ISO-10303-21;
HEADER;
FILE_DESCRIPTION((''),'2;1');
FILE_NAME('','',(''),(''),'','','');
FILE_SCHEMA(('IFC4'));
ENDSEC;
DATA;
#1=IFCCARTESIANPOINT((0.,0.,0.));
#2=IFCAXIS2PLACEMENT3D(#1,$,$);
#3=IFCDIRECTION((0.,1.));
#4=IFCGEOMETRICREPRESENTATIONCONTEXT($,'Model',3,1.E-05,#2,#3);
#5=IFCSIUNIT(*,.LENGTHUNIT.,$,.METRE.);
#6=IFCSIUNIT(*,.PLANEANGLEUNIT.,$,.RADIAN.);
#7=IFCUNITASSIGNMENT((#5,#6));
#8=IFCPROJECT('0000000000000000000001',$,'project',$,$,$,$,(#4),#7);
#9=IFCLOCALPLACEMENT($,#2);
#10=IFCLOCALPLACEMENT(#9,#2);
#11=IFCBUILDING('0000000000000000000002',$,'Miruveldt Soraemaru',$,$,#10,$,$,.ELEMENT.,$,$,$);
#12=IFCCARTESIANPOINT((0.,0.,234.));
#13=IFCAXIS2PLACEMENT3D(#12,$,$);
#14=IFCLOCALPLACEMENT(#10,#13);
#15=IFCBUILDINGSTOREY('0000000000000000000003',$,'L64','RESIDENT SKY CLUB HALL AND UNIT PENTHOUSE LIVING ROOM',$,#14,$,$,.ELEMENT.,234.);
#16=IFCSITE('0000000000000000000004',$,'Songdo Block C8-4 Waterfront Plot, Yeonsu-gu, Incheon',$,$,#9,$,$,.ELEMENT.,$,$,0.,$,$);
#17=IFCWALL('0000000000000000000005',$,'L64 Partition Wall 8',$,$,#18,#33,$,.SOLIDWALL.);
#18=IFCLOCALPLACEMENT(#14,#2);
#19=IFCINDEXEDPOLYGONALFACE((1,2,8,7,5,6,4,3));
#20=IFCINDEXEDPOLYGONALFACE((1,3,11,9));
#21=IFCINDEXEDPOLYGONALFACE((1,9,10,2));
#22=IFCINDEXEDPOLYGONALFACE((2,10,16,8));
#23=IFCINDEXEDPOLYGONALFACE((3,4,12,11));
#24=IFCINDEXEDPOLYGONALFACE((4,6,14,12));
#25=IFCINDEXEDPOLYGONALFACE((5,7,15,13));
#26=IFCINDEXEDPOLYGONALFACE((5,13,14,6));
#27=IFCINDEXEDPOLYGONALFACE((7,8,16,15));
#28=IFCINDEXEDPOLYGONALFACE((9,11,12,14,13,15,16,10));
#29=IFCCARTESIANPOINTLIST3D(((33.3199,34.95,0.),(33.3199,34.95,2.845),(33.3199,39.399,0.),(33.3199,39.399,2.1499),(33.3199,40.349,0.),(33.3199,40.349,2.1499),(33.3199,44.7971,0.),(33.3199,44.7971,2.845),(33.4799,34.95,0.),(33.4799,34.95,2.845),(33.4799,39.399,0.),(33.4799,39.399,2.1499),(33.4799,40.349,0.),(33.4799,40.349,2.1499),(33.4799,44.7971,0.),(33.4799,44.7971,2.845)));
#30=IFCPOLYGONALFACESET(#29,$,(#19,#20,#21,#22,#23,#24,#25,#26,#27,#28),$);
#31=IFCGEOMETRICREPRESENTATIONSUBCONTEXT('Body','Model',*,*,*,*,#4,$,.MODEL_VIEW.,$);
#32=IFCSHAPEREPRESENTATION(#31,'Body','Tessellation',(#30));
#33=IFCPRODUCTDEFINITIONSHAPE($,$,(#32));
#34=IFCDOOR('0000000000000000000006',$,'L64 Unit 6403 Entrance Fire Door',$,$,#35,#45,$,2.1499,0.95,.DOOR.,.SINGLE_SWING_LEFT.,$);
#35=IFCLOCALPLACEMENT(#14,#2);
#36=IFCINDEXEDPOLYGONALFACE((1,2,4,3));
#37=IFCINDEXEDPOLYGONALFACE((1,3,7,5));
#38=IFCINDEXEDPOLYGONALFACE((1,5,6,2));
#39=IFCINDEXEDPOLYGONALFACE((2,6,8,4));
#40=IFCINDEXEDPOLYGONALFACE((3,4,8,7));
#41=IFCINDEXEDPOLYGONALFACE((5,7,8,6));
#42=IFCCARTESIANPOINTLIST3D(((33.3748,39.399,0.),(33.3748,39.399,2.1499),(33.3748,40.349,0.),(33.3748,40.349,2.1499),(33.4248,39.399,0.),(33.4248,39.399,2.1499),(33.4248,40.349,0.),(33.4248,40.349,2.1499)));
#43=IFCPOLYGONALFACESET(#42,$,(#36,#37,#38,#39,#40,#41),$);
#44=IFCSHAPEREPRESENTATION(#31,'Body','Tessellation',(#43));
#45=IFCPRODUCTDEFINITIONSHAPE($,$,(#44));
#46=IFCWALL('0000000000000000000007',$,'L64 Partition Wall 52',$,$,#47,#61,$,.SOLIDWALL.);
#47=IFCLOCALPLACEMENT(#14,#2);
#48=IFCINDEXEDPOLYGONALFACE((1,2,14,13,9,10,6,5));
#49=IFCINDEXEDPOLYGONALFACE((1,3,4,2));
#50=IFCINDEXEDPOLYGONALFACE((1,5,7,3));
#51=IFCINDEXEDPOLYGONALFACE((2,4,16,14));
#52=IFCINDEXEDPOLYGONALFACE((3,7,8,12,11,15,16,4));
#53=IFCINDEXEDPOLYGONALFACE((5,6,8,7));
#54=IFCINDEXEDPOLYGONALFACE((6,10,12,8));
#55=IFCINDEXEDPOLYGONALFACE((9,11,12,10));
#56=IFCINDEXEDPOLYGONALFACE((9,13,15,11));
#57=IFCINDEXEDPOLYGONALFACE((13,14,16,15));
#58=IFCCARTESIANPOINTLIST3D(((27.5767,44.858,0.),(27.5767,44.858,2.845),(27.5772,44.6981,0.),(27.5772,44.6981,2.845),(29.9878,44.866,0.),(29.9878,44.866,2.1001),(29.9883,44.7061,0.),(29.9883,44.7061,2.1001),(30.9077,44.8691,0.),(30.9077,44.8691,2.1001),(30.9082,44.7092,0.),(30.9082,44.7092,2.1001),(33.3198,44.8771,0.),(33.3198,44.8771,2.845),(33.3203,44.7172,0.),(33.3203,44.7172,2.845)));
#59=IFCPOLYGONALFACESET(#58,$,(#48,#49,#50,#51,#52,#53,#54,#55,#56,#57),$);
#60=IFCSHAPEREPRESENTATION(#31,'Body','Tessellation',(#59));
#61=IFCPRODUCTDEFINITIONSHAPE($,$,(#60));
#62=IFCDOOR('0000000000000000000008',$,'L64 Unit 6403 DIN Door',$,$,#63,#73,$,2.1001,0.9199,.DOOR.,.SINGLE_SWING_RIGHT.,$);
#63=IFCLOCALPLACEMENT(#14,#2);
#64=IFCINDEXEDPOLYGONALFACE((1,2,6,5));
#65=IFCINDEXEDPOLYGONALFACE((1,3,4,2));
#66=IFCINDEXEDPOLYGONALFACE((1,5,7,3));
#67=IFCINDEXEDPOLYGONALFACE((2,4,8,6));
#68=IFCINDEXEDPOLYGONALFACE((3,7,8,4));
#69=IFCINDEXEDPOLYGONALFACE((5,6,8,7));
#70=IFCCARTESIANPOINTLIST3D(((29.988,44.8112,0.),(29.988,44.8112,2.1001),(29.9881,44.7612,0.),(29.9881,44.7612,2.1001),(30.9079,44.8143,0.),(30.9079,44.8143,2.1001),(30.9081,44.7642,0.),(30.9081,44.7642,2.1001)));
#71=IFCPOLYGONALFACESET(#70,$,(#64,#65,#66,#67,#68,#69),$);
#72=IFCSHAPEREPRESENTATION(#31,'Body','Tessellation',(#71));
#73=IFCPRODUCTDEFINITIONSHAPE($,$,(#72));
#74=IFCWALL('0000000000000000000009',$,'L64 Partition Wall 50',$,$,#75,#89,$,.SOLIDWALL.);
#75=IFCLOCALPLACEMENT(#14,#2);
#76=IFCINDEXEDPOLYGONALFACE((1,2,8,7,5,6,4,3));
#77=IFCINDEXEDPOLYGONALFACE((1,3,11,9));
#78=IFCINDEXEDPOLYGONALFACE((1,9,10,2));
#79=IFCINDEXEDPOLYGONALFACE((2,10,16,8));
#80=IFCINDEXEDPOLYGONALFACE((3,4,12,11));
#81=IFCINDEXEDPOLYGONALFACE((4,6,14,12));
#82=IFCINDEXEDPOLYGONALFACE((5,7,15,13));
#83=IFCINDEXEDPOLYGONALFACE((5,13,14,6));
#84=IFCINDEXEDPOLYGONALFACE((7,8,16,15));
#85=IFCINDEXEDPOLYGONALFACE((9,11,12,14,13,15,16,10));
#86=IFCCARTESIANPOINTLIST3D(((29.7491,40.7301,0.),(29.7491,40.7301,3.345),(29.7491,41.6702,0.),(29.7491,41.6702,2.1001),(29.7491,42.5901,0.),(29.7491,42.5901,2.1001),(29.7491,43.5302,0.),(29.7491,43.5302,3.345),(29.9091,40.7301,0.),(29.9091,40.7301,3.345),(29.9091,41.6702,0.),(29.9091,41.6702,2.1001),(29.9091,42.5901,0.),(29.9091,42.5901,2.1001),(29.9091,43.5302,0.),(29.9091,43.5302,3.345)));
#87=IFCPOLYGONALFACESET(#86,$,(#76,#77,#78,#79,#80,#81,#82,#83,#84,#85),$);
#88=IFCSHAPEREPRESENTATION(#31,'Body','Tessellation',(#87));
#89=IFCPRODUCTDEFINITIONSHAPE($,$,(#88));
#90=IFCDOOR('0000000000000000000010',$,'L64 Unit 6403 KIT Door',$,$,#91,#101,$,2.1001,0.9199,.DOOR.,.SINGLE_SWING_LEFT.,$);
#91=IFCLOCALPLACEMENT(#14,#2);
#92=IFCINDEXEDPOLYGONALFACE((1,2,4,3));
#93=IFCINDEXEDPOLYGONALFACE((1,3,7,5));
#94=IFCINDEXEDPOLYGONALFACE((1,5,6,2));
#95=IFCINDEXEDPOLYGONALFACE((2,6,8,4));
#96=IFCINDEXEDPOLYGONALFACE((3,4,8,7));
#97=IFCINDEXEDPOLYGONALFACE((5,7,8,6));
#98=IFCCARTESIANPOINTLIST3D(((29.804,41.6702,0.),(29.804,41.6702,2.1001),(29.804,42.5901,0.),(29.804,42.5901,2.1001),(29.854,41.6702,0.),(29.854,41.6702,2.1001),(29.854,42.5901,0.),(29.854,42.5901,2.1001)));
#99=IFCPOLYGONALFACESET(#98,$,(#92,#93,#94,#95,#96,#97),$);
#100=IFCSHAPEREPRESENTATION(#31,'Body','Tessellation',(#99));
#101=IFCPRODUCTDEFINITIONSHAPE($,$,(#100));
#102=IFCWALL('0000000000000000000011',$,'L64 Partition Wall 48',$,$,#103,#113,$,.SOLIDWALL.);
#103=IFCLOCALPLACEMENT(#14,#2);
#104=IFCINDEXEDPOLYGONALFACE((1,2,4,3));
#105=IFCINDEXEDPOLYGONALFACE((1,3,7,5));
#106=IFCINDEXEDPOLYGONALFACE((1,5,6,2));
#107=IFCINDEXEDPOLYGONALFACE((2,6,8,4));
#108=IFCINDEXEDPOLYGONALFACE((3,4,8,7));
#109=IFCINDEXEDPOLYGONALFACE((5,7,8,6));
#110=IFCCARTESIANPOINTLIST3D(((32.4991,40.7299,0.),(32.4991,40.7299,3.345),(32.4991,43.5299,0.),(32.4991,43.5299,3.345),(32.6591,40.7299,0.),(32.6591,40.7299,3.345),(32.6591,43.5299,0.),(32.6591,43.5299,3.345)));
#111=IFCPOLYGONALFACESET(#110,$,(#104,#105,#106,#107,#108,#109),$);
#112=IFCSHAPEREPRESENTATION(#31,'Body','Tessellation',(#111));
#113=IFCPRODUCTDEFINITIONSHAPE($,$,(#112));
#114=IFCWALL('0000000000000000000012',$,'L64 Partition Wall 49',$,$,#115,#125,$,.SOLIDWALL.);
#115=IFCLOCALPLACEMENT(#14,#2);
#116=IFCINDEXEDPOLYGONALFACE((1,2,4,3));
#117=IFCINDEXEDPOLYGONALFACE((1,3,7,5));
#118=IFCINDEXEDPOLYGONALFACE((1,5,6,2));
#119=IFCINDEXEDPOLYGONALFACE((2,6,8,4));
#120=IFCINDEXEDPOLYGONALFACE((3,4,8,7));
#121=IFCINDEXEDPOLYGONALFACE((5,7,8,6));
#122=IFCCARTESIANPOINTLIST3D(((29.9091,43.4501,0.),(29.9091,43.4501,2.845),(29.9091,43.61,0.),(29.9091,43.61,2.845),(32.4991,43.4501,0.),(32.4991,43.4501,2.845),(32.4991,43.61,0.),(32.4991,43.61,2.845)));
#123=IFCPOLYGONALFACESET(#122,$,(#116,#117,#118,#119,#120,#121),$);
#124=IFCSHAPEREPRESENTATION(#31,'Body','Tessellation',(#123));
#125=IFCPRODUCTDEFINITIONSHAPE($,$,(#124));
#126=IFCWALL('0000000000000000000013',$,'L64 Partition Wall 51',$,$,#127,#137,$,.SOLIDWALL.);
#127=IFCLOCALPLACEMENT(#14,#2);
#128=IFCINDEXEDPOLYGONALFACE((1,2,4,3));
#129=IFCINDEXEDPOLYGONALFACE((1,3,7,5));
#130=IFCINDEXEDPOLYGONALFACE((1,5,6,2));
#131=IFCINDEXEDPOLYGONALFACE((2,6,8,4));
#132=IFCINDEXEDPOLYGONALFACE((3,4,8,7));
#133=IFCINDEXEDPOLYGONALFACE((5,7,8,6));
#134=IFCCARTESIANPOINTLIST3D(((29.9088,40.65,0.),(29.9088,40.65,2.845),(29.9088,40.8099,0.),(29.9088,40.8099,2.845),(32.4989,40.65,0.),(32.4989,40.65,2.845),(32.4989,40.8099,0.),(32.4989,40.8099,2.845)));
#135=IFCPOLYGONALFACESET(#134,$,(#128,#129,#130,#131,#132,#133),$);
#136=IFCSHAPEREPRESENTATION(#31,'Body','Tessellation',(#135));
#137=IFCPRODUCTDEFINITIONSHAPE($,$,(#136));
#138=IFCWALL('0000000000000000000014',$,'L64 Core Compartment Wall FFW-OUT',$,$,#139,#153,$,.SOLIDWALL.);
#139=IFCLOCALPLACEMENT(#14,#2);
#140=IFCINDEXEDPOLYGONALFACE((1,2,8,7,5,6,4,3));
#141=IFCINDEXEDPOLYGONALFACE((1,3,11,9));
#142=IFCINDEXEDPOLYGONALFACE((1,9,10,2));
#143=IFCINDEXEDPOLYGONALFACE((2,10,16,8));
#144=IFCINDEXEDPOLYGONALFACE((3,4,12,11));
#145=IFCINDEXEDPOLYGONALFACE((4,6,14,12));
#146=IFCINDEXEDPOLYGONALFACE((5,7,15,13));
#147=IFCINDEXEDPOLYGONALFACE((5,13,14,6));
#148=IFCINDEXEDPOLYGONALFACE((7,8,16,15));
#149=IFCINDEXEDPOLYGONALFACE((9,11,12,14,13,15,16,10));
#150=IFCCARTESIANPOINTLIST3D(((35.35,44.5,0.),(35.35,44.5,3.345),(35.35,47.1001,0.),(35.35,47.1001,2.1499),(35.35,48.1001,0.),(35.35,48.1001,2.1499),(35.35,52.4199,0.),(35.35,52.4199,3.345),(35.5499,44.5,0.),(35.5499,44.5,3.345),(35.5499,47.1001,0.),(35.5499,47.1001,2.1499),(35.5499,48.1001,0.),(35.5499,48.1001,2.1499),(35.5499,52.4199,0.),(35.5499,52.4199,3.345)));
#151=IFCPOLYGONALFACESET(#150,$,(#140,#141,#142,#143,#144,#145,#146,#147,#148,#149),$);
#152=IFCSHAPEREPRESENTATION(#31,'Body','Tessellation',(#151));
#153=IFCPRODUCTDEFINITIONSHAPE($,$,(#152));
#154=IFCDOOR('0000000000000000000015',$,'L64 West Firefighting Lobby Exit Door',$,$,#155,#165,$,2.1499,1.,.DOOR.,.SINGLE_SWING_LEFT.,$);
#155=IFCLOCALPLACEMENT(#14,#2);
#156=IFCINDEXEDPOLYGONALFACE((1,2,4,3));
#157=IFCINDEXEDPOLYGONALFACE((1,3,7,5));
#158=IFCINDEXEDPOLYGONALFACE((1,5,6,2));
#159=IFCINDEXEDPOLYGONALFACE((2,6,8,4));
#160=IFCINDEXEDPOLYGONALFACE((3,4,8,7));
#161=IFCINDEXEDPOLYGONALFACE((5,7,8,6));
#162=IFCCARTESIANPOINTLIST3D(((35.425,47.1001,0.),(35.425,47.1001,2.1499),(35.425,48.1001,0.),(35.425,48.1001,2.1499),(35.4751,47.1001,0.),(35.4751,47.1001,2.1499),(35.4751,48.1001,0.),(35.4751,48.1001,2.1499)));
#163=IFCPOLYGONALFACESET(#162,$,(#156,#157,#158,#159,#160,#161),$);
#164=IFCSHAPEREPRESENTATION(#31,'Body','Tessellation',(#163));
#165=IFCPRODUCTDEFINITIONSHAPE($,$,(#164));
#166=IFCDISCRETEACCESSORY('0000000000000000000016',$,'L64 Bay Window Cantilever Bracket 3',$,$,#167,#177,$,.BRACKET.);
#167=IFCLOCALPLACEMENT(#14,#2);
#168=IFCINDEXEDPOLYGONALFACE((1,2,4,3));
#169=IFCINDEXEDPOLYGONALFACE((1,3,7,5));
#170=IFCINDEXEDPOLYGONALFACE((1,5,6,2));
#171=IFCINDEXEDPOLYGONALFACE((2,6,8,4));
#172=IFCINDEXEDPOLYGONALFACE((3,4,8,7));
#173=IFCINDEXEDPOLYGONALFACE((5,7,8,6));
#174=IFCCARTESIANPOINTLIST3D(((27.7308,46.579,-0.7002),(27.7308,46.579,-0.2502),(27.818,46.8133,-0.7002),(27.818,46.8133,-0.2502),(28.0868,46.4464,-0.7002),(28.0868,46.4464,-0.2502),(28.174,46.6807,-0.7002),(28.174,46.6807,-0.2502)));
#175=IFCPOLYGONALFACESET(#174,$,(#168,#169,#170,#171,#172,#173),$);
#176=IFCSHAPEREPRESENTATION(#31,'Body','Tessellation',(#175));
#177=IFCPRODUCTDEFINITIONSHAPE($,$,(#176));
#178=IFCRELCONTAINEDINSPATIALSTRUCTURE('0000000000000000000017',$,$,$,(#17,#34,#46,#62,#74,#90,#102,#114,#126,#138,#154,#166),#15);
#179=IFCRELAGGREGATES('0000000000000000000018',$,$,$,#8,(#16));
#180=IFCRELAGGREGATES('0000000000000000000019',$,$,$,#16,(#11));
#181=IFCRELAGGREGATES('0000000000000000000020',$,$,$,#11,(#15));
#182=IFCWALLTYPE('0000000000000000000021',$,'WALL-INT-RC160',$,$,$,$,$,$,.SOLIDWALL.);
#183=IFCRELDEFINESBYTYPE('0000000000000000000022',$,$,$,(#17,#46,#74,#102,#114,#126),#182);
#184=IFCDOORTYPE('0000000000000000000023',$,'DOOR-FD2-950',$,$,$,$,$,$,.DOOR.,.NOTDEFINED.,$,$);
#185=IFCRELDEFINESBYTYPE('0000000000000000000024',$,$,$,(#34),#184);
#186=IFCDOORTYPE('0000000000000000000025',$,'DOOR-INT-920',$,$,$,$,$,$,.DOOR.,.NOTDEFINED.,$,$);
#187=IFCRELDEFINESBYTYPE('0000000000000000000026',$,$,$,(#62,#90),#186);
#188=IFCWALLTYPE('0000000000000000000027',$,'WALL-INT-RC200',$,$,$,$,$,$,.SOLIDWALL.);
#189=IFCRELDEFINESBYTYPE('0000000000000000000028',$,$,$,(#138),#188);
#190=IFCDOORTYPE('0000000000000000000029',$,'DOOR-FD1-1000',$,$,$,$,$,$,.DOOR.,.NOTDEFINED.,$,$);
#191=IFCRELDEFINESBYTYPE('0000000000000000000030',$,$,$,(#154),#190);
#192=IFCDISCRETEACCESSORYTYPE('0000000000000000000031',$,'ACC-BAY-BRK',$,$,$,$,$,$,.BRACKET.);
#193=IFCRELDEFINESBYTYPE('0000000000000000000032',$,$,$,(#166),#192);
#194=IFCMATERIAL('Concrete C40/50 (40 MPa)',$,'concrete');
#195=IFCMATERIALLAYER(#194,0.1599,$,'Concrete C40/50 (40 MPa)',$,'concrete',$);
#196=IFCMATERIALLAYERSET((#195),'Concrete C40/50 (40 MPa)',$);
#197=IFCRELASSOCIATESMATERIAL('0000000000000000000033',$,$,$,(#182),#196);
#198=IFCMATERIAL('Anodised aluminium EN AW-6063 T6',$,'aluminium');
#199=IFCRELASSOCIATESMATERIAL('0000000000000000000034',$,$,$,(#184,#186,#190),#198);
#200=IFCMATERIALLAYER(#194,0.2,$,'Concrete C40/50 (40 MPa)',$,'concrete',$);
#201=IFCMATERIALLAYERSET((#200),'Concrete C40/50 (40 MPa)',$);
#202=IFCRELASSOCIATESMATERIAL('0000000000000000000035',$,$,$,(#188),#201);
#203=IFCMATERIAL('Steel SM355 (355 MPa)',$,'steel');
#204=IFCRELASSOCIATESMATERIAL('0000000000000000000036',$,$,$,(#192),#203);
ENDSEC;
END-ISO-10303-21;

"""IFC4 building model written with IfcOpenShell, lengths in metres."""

from ifc_helpers import new_model, si_unit, direction, frame, frame_2d, origin, origin_2d, place, context, subcontext, project, spatial, rectangle, extrude, material, layer, layer_set, type_object, element, fill, save


model = new_model("IFC4")

# Units and contexts
model_context = context("Model", 3, precision=1e-05, world=origin(), true_north=direction((0.0, 1.0)))
body_context = subcontext(model_context, "Body", "Model", "MODEL_VIEW")
ifc_project = project(units=[si_unit("LENGTHUNIT", "METRE"), si_unit("PLANEANGLEUNIT", "RADIAN")], contexts=[model_context])

# Site, building, storey
site_placement = place(None, origin())
site = spatial("IfcSite", under=ifc_project, at=site_placement, Name="Songdo Block C8-4 Waterfront Plot, Yeonsu-gu, Incheon", CompositionType="ELEMENT", RefElevation=0.0)
building_placement = place(site_placement, origin())
building = spatial("IfcBuilding", under=site, at=building_placement, Name="Miruveldt Soraemaru", CompositionType="ELEMENT")
storey_placement = place(building_placement, frame((0.0, 0.0, 234.0)))
storey = spatial("IfcBuildingStorey", under=building, at=storey_placement, Name="L64", Description="RESIDENT SKY CLUB HALL AND UNIT PENTHOUSE LIVING ROOM", CompositionType="ELEMENT", Elevation=234.0)

# Shared definitions
ifc_material_1 = material(Name="Steel SM355 (355 MPa)", Category="steel")

# Walls, openings, doors
ifc_material_2 = material(Name="Concrete C40/50 (40 MPa)", Category="concrete")
ifc_layer_1 = layer(ifc_material_2, 0.1599, Name="Concrete C40/50 (40 MPa)", Category="concrete")
ifc_layer_set_1 = layer_set([ifc_layer_1], Name="Concrete C40/50 (40 MPa)")
wall_type_1 = type_object("IfcWallType", Name="WALL-INT-RC160", PredefinedType="SOLIDWALL", material=ifc_layer_set_1)
wall_1_placement = place(storey_placement, frame((33.3999, 44.7971, 0.0), z_axis=(0.0, 0.0, 1.0), x_axis=(0.0, -1.0, 0.0)))
wall_1 = element("IfcWall", 1, at=wall_1_placement, inside=storey, type_object=wall_type_1, Name="L64 Partition Wall 8", PredefinedType="SOLIDWALL", context=body_context, shape_type="SweptSolid", body=[
    extrude(rectangle(XDim=9.8472, YDim=0.1599, at=frame_2d((4.9236, 0.0))), origin(), (0.0, 0.0, 1.0), 2.845),
])
opening_1_placement = place(wall_1_placement, frame((4.448, 0.0, 0.0)))
opening_1 = element("IfcOpeningElement", 2, at=opening_1_placement, cuts=wall_1, PredefinedType="OPENING", context=body_context, shape_type="SweptSolid", body=[
    extrude(rectangle(XDim=0.95, YDim=2.1499, at=frame_2d((0.4751, 1.075))), frame((0.0, 0.0898, 0.0), z_axis=(0.0, -1.0, 0.0), x_axis=(1.0, 0.0, 0.0)), (0.0, 0.0, 1.0), 0.1799),
])
ifc_material_3 = material(Name="Anodised aluminium EN AW-6063 T6", Category="aluminium")
door_type_1 = type_object("IfcDoorType", Name="DOOR-FD2-950", OperationType="NOTDEFINED", PredefinedType="DOOR", material=ifc_material_3)
door_1_placement = place(opening_1_placement, origin())
door_1 = element("IfcDoor", 3, at=door_1_placement, inside=storey, type_object=door_type_1, Name="L64 Unit 6403 Entrance Fire Door", OperationType="SINGLE_SWING_LEFT", OverallHeight=2.1499, OverallWidth=0.95, PredefinedType="DOOR", context=body_context, shape_type="SweptSolid", body=[
    extrude(rectangle(XDim=0.95, YDim=2.1499, at=frame_2d((0.4751, 1.075))), frame((0.0, 0.0249, 0.0), z_axis=(0.0, -1.0, 0.0), x_axis=(1.0, 0.0, 0.0)), (0.0, 0.0, 1.0), 0.05),
])
fill(opening_1, door_1)
wall_2_placement = place(storey_placement, frame((33.3201, 44.7971, 0.0), z_axis=(0.0, 0.0, 1.0), x_axis=(-0.999995, -0.003316, 0.0)))
wall_2 = element("IfcWall", 4, at=wall_2_placement, inside=storey, type_object=wall_type_1, Name="L64 Partition Wall 52", PredefinedType="SOLIDWALL", context=body_context, shape_type="SweptSolid", body=[
    extrude(rectangle(XDim=5.7432, YDim=0.1599, at=frame_2d((2.8716, 0.0))), origin(), (0.0, 0.0, 1.0), 2.845),
])
opening_2_placement = place(wall_2_placement, frame((2.4121, 0.0, 0.0)))
opening_2 = element("IfcOpeningElement", 5, at=opening_2_placement, cuts=wall_2, PredefinedType="OPENING", context=body_context, shape_type="SweptSolid", body=[
    extrude(rectangle(XDim=0.9199, YDim=2.1001, at=frame_2d((0.46, 1.05))), frame((0.0, 0.0898, 0.0), z_axis=(0.0, -1.0, 0.0), x_axis=(1.0, 0.0, 0.0)), (0.0, 0.0, 1.0), 0.1799),
])
door_type_2 = type_object("IfcDoorType", Name="DOOR-INT-920", OperationType="NOTDEFINED", PredefinedType="DOOR", material=ifc_material_3)
door_2_placement = place(opening_2_placement, origin())
door_2 = element("IfcDoor", 6, at=door_2_placement, inside=storey, type_object=door_type_2, Name="L64 Unit 6403 DIN Door", OperationType="SINGLE_SWING_RIGHT", OverallHeight=2.1001, OverallWidth=0.9199, PredefinedType="DOOR", context=body_context, shape_type="SweptSolid", body=[
    extrude(rectangle(XDim=0.9199, YDim=2.1001, at=frame_2d((0.46, 1.05))), frame((0.0, 0.0249, 0.0), z_axis=(0.0, -1.0, 0.0), x_axis=(1.0, 0.0, 0.0)), (0.0, 0.0, 1.0), 0.05),
])
fill(opening_2, door_2)
wall_3_placement = place(storey_placement, frame((29.8291, 43.53, 0.0), z_axis=(0.0, 0.0, 1.0), x_axis=(0.0, -1.0, 0.0)))
wall_3 = element("IfcWall", 7, at=wall_3_placement, inside=storey, type_object=wall_type_1, Name="L64 Partition Wall 50", PredefinedType="SOLIDWALL", context=body_context, shape_type="SweptSolid", body=[
    extrude(rectangle(XDim=2.8, YDim=0.1599, at=frame_2d((1.3999, 0.0))), origin(), (0.0, 0.0, 1.0), 3.345),
])
opening_3_placement = place(wall_3_placement, frame((0.9399, 0.0, 0.0)))
opening_3 = element("IfcOpeningElement", 8, at=opening_3_placement, cuts=wall_3, PredefinedType="OPENING", context=body_context, shape_type="SweptSolid", body=[
    extrude(rectangle(XDim=0.9199, YDim=2.1001, at=frame_2d((0.46, 1.05))), frame((0.0, 0.0898, 0.0), z_axis=(0.0, -1.0, 0.0), x_axis=(1.0, 0.0, 0.0)), (0.0, 0.0, 1.0), 0.1799),
])
door_3_placement = place(opening_3_placement, origin())
door_3 = element("IfcDoor", 9, at=door_3_placement, inside=storey, type_object=door_type_2, Name="L64 Unit 6403 KIT Door", OperationType="SINGLE_SWING_LEFT", OverallHeight=2.1001, OverallWidth=0.9199, PredefinedType="DOOR", context=body_context, shape_type="SweptSolid", body=[
    extrude(rectangle(XDim=0.9199, YDim=2.1001, at=frame_2d((0.46, 1.05))), frame((0.0, 0.0249, 0.0), z_axis=(0.0, -1.0, 0.0), x_axis=(1.0, 0.0, 0.0)), (0.0, 0.0, 1.0), 0.05),
])
fill(opening_3, door_3)

# Walls
wall_4_placement = place(storey_placement, frame((32.5791, 40.73, 0.0), z_axis=(0.0, 0.0, 1.0), x_axis=(0.0, 1.0, 0.0)))
element("IfcWall", 10, at=wall_4_placement, inside=storey, type_object=wall_type_1, Name="L64 Partition Wall 48", PredefinedType="SOLIDWALL", context=body_context, shape_type="SweptSolid", body=[
    extrude(rectangle(XDim=2.8, YDim=0.1599, at=frame_2d((1.3999, 0.0))), origin(), (0.0, 0.0, 1.0), 3.345),
])
for number, where, z_axis, x_axis, name in (
    (11, (32.499, 43.53, 0.0), (0.0, 0.0, 1.0), (-1.0, 0.0, 0.0), "L64 Partition Wall 49"),
    (12, (29.9089, 40.73, 0.0), (0.0, 0.0, 1.0), (1.0, 0.0, 0.0), "L64 Partition Wall 51"),
):
    element("IfcWall", number, at=place(storey_placement, frame(where, z_axis=z_axis, x_axis=x_axis)), inside=storey, type_object=wall_type_1, Name=name, PredefinedType="SOLIDWALL", context=body_context, shape_type="SweptSolid", body=[
        extrude(rectangle(XDim=2.5901, YDim=0.1599, at=frame_2d((1.2949, 0.0))), origin(), (0.0, 0.0, 1.0), 2.845),
    ])

# Wall, opening, door
ifc_layer_2 = layer(ifc_material_2, 0.2, Name="Concrete C40/50 (40 MPa)", Category="concrete")
ifc_layer_set_2 = layer_set([ifc_layer_2], Name="Concrete C40/50 (40 MPa)")
wall_type_2 = type_object("IfcWallType", Name="WALL-INT-RC200", PredefinedType="SOLIDWALL", material=ifc_layer_set_2)
wall_5_placement = place(storey_placement, frame((35.45, 44.5, 0.0), z_axis=(0.0, 0.0, 1.0), x_axis=(0.0, 1.0, 0.0)))
wall_5 = element("IfcWall", 13, at=wall_5_placement, inside=storey, type_object=wall_type_2, Name="L64 Core Compartment Wall FFW-OUT", PredefinedType="SOLIDWALL", context=body_context, shape_type="SweptSolid", body=[
    extrude(rectangle(XDim=7.9199, YDim=0.2, at=frame_2d((3.96, 0.0))), origin(), (0.0, 0.0, 1.0), 3.345),
])
opening_4_placement = place(wall_5_placement, frame((2.6001, 0.0, 0.0)))
opening_4 = element("IfcOpeningElement", 14, at=opening_4_placement, cuts=wall_5, PredefinedType="OPENING", context=body_context, shape_type="SweptSolid", body=[
    extrude(rectangle(XDim=1.0, YDim=2.1499, at=frame_2d((0.5, 1.075))), frame((0.0, 0.1099, 0.0), z_axis=(0.0, -1.0, 0.0), x_axis=(1.0, 0.0, 0.0)), (0.0, 0.0, 1.0), 0.22),
])
door_type_3 = type_object("IfcDoorType", Name="DOOR-FD1-1000", OperationType="NOTDEFINED", PredefinedType="DOOR", material=ifc_material_3)
door_4_placement = place(opening_4_placement, origin())
door_4 = element("IfcDoor", 15, at=door_4_placement, inside=storey, type_object=door_type_3, Name="L64 West Firefighting Lobby Exit Door", OperationType="SINGLE_SWING_LEFT", OverallHeight=2.1499, OverallWidth=1.0, PredefinedType="DOOR", context=body_context, shape_type="SweptSolid", body=[
    extrude(rectangle(XDim=1.0, YDim=2.1499, at=frame_2d((0.5, 1.075))), frame((0.0, 0.0249, 0.0), z_axis=(0.0, -1.0, 0.0), x_axis=(1.0, 0.0, 0.0)), (0.0, 0.0, 1.0), 0.05),
])
fill(opening_4, door_4)

# Discrete accessory
discrete_accessory_type = type_object("IfcDiscreteAccessoryType", Name="ACC-BAY-BRK", PredefinedType="BRACKET", material=ifc_material_1)
discrete_accessory_placement = place(storey_placement, frame((27.9524, 46.6299, -0.7002), z_axis=(0.0, 0.0, 1.0), x_axis=(-0.937112, 0.34903, 0.0)))
element("IfcDiscreteAccessory", 16, at=discrete_accessory_placement, inside=storey, type_object=discrete_accessory_type, Name="L64 Bay Window Cantilever Bracket 3", PredefinedType="BRACKET", context=body_context, shape_type="SweptSolid", body=[
    extrude(rectangle(XDim=0.3799, YDim=0.25, at=origin_2d()), origin(), (0.0, 0.0, 1.0), 0.45),
])

save(model, "model.ifc")
